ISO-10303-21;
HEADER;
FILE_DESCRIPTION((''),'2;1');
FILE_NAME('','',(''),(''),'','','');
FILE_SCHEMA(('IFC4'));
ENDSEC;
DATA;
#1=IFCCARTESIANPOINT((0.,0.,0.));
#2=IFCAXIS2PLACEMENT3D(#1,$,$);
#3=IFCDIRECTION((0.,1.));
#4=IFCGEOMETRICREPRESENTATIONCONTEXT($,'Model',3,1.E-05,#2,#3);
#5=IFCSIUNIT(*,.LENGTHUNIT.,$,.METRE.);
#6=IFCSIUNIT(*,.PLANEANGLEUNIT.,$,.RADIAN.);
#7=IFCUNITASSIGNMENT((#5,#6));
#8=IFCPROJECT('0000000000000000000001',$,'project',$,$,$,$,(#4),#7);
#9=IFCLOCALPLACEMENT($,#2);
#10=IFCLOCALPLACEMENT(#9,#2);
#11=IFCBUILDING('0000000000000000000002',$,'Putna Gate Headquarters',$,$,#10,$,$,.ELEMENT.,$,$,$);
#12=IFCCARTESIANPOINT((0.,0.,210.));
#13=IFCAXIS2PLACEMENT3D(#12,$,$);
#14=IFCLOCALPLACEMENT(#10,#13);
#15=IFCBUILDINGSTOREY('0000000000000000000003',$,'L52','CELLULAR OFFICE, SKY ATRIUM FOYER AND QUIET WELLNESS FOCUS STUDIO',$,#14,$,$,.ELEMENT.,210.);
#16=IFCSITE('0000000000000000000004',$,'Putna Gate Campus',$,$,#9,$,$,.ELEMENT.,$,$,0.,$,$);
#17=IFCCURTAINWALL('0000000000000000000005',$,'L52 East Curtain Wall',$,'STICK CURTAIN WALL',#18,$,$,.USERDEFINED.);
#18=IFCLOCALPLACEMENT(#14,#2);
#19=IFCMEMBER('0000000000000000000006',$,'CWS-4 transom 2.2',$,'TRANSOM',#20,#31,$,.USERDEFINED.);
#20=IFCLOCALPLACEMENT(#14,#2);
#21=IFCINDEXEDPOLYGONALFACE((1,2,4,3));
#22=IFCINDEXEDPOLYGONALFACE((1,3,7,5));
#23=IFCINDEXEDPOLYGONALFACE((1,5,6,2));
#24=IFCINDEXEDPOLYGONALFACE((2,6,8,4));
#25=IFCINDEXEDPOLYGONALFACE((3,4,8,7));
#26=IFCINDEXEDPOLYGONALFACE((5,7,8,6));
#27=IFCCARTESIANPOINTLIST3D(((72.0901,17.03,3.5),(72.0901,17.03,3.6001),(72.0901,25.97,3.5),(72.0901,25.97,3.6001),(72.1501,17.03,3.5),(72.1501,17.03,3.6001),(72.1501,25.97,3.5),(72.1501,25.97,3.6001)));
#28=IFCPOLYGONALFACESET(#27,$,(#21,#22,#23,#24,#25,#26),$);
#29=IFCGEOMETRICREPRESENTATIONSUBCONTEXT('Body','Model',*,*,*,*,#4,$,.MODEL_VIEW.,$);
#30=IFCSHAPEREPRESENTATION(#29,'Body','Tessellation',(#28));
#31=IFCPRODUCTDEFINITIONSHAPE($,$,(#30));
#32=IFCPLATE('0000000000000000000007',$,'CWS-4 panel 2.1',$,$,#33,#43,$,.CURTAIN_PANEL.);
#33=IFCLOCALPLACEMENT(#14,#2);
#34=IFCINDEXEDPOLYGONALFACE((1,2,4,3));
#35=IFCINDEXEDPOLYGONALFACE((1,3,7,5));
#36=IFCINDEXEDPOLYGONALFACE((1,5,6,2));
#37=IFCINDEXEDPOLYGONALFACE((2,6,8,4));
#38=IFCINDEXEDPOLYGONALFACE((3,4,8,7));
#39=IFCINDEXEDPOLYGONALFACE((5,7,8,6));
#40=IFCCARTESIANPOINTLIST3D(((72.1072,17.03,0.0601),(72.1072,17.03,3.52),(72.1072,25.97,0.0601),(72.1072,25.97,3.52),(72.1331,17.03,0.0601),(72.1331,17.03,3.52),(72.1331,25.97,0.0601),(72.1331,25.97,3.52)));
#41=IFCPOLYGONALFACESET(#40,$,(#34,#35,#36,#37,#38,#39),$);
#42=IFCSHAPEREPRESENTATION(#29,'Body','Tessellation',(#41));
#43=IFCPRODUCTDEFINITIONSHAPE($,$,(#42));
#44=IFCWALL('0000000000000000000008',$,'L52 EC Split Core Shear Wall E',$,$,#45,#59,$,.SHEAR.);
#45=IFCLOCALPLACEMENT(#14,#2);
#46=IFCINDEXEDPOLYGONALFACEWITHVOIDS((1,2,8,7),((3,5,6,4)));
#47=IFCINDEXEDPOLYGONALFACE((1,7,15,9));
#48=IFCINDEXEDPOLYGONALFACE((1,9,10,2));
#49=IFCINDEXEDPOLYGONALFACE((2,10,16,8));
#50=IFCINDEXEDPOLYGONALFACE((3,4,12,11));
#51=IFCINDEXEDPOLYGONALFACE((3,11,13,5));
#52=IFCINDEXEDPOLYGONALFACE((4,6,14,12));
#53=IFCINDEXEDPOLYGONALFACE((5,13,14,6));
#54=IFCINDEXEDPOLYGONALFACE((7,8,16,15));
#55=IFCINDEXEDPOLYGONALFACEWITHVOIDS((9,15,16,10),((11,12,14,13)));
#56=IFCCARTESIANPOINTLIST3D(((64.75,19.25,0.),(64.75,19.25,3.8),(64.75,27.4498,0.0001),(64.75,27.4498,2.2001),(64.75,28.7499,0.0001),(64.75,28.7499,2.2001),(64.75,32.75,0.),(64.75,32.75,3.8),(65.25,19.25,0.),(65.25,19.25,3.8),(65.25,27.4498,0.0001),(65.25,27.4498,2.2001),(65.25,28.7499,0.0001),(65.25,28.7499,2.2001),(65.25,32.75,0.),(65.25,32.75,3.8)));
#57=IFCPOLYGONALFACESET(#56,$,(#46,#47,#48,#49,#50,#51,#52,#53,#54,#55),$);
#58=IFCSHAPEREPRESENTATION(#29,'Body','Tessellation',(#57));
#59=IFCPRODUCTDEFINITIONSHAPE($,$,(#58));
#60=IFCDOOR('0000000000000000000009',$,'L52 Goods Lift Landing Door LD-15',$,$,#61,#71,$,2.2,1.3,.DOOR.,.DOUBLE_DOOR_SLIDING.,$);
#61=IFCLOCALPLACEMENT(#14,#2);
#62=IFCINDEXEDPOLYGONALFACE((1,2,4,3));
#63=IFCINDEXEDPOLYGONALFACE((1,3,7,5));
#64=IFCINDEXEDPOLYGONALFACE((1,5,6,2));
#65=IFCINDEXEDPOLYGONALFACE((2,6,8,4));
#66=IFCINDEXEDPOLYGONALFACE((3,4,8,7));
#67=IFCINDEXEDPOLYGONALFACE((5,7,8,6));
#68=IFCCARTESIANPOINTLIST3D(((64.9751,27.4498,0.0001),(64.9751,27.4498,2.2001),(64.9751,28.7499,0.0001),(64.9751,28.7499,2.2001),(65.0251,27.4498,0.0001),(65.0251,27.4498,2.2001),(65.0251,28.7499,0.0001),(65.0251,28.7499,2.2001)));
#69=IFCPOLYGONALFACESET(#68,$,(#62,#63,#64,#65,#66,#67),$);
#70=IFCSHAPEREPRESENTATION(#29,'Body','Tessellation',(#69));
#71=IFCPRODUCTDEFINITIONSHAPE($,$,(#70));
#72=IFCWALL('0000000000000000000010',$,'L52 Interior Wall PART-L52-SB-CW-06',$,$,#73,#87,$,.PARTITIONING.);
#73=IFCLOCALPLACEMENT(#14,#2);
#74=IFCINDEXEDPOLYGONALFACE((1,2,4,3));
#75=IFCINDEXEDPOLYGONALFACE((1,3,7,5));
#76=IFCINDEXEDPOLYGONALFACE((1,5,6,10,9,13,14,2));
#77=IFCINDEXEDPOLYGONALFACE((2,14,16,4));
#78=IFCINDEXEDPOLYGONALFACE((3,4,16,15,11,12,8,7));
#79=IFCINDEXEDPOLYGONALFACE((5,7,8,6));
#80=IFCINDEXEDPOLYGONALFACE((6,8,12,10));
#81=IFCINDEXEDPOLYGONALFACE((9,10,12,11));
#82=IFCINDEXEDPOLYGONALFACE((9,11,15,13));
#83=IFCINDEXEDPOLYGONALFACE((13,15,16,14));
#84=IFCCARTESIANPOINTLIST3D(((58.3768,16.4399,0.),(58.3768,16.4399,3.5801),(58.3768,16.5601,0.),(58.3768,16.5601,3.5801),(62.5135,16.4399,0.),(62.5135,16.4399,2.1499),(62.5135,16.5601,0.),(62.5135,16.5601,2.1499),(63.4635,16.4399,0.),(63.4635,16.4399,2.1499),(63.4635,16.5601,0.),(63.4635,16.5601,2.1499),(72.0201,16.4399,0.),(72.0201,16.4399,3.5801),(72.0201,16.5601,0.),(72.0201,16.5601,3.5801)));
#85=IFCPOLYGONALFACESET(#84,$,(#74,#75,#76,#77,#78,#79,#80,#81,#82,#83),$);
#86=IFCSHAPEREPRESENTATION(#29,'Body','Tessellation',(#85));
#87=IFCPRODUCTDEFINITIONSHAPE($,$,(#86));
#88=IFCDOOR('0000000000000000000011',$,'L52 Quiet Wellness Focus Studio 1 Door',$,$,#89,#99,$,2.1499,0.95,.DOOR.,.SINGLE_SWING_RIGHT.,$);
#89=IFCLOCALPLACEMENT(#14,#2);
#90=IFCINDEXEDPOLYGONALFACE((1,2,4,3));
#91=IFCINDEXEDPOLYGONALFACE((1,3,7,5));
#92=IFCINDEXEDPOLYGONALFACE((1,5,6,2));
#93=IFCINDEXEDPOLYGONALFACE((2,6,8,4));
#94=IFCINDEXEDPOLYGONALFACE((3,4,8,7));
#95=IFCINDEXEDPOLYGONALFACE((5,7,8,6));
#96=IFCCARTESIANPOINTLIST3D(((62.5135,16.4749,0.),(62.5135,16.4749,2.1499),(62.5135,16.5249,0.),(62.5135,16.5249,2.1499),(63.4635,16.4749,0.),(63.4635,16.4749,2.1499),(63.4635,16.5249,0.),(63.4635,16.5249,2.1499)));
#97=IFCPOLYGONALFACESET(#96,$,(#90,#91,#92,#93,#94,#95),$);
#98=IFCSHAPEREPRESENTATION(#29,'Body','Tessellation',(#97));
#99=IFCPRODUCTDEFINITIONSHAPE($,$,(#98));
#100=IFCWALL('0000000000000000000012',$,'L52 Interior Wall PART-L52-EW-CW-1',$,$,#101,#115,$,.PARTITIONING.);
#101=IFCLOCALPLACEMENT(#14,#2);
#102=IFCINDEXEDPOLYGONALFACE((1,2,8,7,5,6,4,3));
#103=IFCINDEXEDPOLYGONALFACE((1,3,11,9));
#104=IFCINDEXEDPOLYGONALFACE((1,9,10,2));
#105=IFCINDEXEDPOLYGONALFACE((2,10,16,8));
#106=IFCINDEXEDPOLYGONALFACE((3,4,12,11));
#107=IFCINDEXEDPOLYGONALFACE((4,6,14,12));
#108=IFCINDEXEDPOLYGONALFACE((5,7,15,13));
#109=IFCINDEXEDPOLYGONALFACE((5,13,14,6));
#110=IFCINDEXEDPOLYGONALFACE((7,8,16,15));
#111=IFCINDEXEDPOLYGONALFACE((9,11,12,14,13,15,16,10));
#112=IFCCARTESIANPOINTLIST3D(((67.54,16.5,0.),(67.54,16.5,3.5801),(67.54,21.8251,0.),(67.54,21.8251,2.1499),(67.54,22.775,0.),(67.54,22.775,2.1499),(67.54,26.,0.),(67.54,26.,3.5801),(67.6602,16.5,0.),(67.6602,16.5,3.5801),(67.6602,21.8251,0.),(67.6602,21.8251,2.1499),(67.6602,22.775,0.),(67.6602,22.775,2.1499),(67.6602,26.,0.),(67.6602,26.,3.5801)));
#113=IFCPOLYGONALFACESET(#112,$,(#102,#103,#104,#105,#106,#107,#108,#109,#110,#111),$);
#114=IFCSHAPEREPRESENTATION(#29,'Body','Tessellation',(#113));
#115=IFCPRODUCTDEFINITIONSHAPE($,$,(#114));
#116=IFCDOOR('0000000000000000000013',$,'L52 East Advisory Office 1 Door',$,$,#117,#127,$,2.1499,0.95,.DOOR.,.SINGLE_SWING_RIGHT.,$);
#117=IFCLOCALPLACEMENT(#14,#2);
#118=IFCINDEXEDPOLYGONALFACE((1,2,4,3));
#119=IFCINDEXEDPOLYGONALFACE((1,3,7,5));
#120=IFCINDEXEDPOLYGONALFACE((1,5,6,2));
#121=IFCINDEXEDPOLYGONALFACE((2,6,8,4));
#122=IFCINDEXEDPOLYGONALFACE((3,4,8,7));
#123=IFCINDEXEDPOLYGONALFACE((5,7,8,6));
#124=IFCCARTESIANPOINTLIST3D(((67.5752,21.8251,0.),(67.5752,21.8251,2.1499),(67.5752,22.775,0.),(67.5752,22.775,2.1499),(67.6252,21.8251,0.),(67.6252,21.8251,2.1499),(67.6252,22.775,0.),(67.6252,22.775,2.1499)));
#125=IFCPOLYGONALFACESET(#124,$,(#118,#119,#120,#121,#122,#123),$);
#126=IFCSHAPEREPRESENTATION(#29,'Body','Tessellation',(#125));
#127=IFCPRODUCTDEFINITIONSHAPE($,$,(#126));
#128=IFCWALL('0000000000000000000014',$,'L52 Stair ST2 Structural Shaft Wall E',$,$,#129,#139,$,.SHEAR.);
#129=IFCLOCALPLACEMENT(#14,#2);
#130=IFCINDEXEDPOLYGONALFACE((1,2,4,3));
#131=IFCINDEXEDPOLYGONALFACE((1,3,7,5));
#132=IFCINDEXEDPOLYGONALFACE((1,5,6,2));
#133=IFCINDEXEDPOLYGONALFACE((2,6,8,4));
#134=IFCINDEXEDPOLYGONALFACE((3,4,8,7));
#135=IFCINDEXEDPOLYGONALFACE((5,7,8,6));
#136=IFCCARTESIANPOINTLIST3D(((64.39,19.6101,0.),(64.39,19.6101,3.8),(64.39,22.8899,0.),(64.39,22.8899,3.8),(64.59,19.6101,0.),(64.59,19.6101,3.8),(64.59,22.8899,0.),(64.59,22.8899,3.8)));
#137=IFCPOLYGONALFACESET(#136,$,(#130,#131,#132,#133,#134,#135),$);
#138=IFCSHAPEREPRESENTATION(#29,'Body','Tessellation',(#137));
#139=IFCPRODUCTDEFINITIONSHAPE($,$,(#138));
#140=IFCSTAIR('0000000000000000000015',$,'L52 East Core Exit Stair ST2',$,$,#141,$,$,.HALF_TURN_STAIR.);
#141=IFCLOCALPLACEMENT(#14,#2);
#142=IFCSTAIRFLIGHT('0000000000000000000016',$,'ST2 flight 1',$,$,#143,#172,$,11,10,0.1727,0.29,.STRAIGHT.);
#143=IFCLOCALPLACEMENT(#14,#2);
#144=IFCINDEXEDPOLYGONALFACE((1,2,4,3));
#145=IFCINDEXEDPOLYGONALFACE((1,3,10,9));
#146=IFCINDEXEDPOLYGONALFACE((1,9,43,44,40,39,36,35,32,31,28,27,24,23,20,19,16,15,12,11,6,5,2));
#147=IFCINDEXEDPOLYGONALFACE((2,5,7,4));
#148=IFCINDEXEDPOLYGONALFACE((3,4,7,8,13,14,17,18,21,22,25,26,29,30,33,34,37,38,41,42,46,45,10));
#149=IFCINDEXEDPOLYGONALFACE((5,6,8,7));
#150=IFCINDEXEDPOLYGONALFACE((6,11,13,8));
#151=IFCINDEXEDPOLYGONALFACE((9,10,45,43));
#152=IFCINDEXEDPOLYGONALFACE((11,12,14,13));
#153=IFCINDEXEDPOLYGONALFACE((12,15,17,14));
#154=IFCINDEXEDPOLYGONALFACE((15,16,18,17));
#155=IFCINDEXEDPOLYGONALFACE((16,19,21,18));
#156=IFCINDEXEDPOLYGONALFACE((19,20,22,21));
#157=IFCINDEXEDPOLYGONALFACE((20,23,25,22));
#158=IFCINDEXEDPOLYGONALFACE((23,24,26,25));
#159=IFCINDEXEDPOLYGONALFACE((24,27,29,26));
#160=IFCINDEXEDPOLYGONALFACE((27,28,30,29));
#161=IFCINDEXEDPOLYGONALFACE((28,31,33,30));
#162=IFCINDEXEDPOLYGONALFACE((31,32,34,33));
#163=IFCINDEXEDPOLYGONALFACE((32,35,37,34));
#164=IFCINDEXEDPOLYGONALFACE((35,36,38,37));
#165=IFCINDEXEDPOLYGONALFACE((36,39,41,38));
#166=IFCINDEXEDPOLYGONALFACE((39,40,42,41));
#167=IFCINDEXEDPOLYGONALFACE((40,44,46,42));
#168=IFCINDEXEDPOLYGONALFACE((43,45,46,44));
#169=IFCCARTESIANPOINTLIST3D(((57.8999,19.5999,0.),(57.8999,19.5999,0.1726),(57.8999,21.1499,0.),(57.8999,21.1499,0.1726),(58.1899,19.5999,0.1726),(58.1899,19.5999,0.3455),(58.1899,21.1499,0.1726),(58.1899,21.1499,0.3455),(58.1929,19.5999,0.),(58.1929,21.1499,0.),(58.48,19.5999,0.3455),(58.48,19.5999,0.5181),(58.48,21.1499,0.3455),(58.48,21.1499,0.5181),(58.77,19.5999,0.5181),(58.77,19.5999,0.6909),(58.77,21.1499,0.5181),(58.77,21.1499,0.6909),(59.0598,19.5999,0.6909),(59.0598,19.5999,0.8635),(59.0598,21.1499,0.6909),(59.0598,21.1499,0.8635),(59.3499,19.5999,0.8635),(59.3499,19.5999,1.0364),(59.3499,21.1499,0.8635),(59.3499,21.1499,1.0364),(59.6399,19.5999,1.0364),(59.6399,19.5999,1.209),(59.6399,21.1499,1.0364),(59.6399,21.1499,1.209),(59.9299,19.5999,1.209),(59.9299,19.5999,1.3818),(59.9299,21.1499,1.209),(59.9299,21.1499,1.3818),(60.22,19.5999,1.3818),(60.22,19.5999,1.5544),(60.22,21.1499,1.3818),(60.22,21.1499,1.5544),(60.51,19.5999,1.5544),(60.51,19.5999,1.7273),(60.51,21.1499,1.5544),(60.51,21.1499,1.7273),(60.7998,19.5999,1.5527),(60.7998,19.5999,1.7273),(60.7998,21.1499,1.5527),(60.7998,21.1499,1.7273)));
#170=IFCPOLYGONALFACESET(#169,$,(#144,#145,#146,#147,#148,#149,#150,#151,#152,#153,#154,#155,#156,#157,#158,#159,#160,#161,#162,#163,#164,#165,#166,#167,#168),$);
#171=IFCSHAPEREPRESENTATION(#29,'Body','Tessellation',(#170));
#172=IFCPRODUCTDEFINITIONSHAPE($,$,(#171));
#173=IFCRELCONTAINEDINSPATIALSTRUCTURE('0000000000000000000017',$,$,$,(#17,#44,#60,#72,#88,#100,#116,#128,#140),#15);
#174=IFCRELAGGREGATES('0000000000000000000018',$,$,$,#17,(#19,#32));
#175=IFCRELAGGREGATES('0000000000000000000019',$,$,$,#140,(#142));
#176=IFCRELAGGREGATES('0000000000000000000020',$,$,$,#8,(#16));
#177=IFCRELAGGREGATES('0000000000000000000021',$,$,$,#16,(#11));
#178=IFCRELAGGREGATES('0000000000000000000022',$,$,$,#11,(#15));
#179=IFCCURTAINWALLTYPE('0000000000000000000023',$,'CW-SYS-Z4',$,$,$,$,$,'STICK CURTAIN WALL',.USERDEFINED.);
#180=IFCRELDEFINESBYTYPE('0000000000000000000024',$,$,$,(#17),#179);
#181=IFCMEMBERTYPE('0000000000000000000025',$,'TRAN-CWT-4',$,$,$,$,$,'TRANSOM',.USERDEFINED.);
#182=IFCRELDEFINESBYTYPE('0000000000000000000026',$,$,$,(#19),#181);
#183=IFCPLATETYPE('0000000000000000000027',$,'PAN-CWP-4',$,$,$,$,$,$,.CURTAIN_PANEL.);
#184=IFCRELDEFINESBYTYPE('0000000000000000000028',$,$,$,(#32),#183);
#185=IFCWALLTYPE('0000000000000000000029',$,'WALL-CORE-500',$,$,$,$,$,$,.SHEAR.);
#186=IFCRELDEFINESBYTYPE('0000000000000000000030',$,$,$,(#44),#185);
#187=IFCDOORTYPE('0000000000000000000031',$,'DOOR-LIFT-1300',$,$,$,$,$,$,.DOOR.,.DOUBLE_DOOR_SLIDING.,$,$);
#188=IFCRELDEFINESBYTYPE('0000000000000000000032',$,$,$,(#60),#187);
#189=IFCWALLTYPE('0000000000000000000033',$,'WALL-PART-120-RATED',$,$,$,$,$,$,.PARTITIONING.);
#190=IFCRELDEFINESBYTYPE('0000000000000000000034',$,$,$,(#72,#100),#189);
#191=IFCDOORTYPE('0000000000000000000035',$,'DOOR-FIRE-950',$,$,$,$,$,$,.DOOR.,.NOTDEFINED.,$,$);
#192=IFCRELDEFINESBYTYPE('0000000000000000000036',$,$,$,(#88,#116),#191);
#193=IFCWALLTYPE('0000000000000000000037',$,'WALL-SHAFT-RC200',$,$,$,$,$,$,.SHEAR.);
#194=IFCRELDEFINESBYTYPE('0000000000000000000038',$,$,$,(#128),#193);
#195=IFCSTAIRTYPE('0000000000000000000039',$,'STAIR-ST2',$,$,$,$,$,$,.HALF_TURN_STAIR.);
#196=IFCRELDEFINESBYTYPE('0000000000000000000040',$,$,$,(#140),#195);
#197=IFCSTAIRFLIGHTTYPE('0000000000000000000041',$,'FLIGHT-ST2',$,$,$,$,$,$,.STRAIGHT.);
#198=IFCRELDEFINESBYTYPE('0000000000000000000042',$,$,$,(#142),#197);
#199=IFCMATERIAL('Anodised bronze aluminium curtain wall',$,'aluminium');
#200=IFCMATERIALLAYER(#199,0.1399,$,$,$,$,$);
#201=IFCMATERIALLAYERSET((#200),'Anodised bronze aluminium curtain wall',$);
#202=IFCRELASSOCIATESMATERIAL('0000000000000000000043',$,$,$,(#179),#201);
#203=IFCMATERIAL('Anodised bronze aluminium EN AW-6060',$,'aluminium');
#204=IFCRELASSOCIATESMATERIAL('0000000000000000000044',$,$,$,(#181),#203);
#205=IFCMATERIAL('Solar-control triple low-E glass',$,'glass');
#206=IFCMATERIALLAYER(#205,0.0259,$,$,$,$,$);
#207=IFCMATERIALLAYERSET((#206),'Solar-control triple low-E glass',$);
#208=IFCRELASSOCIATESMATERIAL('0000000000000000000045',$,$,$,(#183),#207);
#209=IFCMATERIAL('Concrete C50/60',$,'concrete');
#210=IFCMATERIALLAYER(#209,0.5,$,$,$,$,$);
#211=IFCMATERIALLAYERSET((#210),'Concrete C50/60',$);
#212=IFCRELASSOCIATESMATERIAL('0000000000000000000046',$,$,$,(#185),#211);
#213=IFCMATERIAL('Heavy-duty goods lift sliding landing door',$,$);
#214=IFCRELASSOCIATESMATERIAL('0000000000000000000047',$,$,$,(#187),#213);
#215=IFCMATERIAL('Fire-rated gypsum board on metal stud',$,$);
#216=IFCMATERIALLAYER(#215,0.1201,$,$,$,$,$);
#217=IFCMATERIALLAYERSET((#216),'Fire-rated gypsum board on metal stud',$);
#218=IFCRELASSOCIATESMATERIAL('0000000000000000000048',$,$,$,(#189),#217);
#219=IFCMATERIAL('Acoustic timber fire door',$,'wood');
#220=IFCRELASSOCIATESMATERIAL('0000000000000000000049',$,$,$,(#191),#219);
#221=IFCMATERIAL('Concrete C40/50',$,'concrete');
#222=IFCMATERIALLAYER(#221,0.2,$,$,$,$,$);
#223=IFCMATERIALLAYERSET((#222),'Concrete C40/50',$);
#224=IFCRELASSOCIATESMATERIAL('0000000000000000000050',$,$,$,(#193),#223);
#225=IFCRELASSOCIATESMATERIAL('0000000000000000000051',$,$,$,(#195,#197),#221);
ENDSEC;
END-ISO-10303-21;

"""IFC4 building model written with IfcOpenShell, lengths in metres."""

from ifc_helpers import new_model, si_unit, direction, frame, frame_2d, origin, origin_2d, place, context, subcontext, project, spatial, polyline, rectangle, outline, extrude, material, layer, layer_set, material_profile, profile_set, type_object, element, fill, aggregate, save


model = new_model("IFC4")

# Units and contexts
model_context = context("Model", 3, precision=1e-05, world=origin(), true_north=direction((0.0, 1.0)))
body_context = subcontext(model_context, "Body", "Model", "MODEL_VIEW")
ifc_project = project(units=[si_unit("LENGTHUNIT", "METRE"), si_unit("PLANEANGLEUNIT", "RADIAN")], contexts=[model_context])

# Site, building, storey
site_placement = place(None, origin())
site = spatial("IfcSite", under=ifc_project, at=site_placement, Name="Putna Gate Campus", CompositionType="ELEMENT", RefElevation=0.0)
building_placement = place(site_placement, origin())
building = spatial("IfcBuilding", under=site, at=building_placement, Name="Putna Gate Headquarters", CompositionType="ELEMENT")
storey_placement = place(building_placement, frame((0.0, 0.0, 210.0)))
storey = spatial("IfcBuildingStorey", under=building, at=storey_placement, Name="L52", Description="CELLULAR OFFICE, SKY ATRIUM FOYER AND QUIET WELLNESS FOCUS STUDIO", CompositionType="ELEMENT", Elevation=210.0)

# Curtain wall, member, plate
ifc_material_1 = material(Name="Anodised bronze aluminium curtain wall", Category="aluminium")
ifc_layer_1 = layer(ifc_material_1, 0.1399)
ifc_layer_set_1 = layer_set([ifc_layer_1], Name="Anodised bronze aluminium curtain wall")
curtain_wall_type = type_object("IfcCurtainWallType", Name="CW-SYS-Z4", ElementType="STICK CURTAIN WALL", PredefinedType="USERDEFINED", material=ifc_layer_set_1)
curtain_wall_placement = place(storey_placement, origin())
curtain_wall = element("IfcCurtainWall", 1, at=curtain_wall_placement, inside=storey, type_object=curtain_wall_type, Name="L52 East Curtain Wall", ObjectType="STICK CURTAIN WALL", PredefinedType="USERDEFINED")
ifc_material_2 = material(Name="Anodised bronze aluminium EN AW-6060", Category="aluminium")
ifc_material_profile_1 = material_profile(ifc_material_2, rectangle(XDim=0.0601, YDim=0.1001, at=origin_2d()), Name="Anodised bronze aluminium EN AW-6060")
ifc_profile_set_1 = profile_set([ifc_material_profile_1], Name="Anodised bronze aluminium EN AW-6060")
member_type_1 = type_object("IfcMemberType", Name="TRAN-CWT-4", ElementType="TRANSOM", PredefinedType="USERDEFINED", material=ifc_profile_set_1)
member_1_placement = place(storey_placement, frame((72.1201, 17.03, 3.55), z_axis=(0.0, 1.0, 0.0), x_axis=(-1.0, 0.0, 0.0)))
member_1 = element("IfcMember", 2, at=member_1_placement, type_object=member_type_1, Name="CWS-4 transom 2.2", ObjectType="TRANSOM", PredefinedType="USERDEFINED", context=body_context, shape_type="SweptSolid", body=[
    extrude(rectangle(XDim=0.0601, YDim=0.1001, at=origin_2d()), origin(), (0.0, 0.0, 1.0), 8.9399),
])
ifc_material_3 = material(Name="Solar-control triple low-E glass", Category="glass")
ifc_layer_2 = layer(ifc_material_3, 0.0259)
ifc_layer_set_2 = layer_set([ifc_layer_2], Name="Solar-control triple low-E glass")
plate_type = type_object("IfcPlateType", Name="PAN-CWP-4", PredefinedType="CURTAIN_PANEL", material=ifc_layer_set_2)
plate_placement = place(storey_placement, frame((72.1201, 21.5, 0.0601), z_axis=(0.0, 0.0, 1.0), x_axis=(0.0, 1.0, 0.0)))
plate = element("IfcPlate", 3, at=plate_placement, type_object=plate_type, Name="CWS-4 panel 2.1", PredefinedType="CURTAIN_PANEL", context=body_context, shape_type="SweptSolid", body=[
    extrude(rectangle(XDim=8.9399, YDim=0.0259, at=origin_2d()), origin(), (0.0, 0.0, 1.0), 3.46),
])
aggregate(curtain_wall, [member_1, plate])

# Walls, openings, doors
ifc_material_4 = material(Name="Concrete C50/60", Category="concrete")
ifc_layer_3 = layer(ifc_material_4, 0.5)
ifc_layer_set_3 = layer_set([ifc_layer_3], Name="Concrete C50/60")
wall_type_1 = type_object("IfcWallType", Name="WALL-CORE-500", PredefinedType="SHEAR", material=ifc_layer_set_3)
wall_1_placement = place(storey_placement, frame((65.0, 19.25, 0.0), z_axis=(0.0, 0.0, 1.0), x_axis=(0.0, 1.0, 0.0)))
wall_1 = element("IfcWall", 4, at=wall_1_placement, inside=storey, type_object=wall_type_1, Name="L52 EC Split Core Shear Wall E", PredefinedType="SHEAR", context=body_context, shape_type="SweptSolid", body=[
    extrude(rectangle(XDim=13.5, YDim=0.5, at=frame_2d((6.75, 0.0))), origin(), (0.0, 0.0, 1.0), 3.8),
])
opening_1_placement = place(wall_1_placement, frame((8.2, 0.0, 0.0)))
opening_1 = element("IfcOpeningElement", 5, at=opening_1_placement, cuts=wall_1, PredefinedType="OPENING", context=body_context, shape_type="SweptSolid", body=[
    extrude(rectangle(XDim=1.3, YDim=2.2, at=frame_2d((0.6499, 1.1001))), frame((0.0, 0.26, 0.0), z_axis=(0.0, -1.0, 0.0), x_axis=(1.0, 0.0, 0.0)), (0.0, 0.0, 1.0), 0.52),
])
ifc_material_5 = material(Name="Heavy-duty goods lift sliding landing door")
door_type_1 = type_object("IfcDoorType", Name="DOOR-LIFT-1300", OperationType="DOUBLE_DOOR_SLIDING", PredefinedType="DOOR", material=ifc_material_5)
door_1_placement = place(opening_1_placement, origin())
door_1 = element("IfcDoor", 6, at=door_1_placement, inside=storey, type_object=door_type_1, Name="L52 Goods Lift Landing Door LD-15", OperationType="DOUBLE_DOOR_SLIDING", OverallHeight=2.2, OverallWidth=1.3, PredefinedType="DOOR", context=body_context, shape_type="SweptSolid", body=[
    extrude(rectangle(XDim=1.3, YDim=2.2, at=frame_2d((0.6499, 1.1001))), frame((0.0, 0.0249, 0.0), z_axis=(0.0, -1.0, 0.0), x_axis=(1.0, 0.0, 0.0)), (0.0, 0.0, 1.0), 0.05),
])
fill(opening_1, door_1)
ifc_material_6 = material(Name="Fire-rated gypsum board on metal stud")
ifc_layer_4 = layer(ifc_material_6, 0.1201)
ifc_layer_set_4 = layer_set([ifc_layer_4], Name="Fire-rated gypsum board on metal stud")
wall_type_2 = type_object("IfcWallType", Name="WALL-PART-120-RATED", PredefinedType="PARTITIONING", material=ifc_layer_set_4)
wall_2_placement = place(storey_placement, frame((58.3767, 16.5, 0.0), z_axis=(0.0, 0.0, 1.0), x_axis=(1.0, 0.0, 0.0)))
wall_2 = element("IfcWall", 7, at=wall_2_placement, inside=storey, type_object=wall_type_2, Name="L52 Interior Wall PART-L52-SB-CW-06", PredefinedType="PARTITIONING", context=body_context, shape_type="SweptSolid", body=[
    extrude(rectangle(XDim=13.6433, YDim=0.1201, at=frame_2d((6.8218, 0.0))), origin(), (0.0, 0.0, 1.0), 3.5801),
])
opening_2_placement = place(wall_2_placement, frame((4.1367, 0.0, 0.0)))
opening_2 = element("IfcOpeningElement", 8, at=opening_2_placement, cuts=wall_2, PredefinedType="OPENING", context=body_context, shape_type="SweptSolid", body=[
    extrude(rectangle(XDim=0.95, YDim=2.1499, at=frame_2d((0.4751, 1.075))), frame((0.0, 0.0701, 0.0), z_axis=(0.0, -1.0, 0.0), x_axis=(1.0, 0.0, 0.0)), (0.0, 0.0, 1.0), 0.1401),
])
ifc_material_7 = material(Name="Acoustic timber fire door", Category="wood")
door_type_2 = type_object("IfcDoorType", Name="DOOR-FIRE-950", OperationType="NOTDEFINED", PredefinedType="DOOR", material=ifc_material_7)
door_2_placement = place(opening_2_placement, origin())
door_2 = element("IfcDoor", 9, at=door_2_placement, inside=storey, type_object=door_type_2, Name="L52 Quiet Wellness Focus Studio 1 Door", OperationType="SINGLE_SWING_RIGHT", OverallHeight=2.1499, OverallWidth=0.95, PredefinedType="DOOR", context=body_context, shape_type="SweptSolid", body=[
    extrude(rectangle(XDim=0.95, YDim=2.1499, at=frame_2d((0.4751, 1.075))), frame((0.0, 0.0249, 0.0), z_axis=(0.0, -1.0, 0.0), x_axis=(1.0, 0.0, 0.0)), (0.0, 0.0, 1.0), 0.05),
])
fill(opening_2, door_2)
wall_3_placement = place(storey_placement, frame((67.6001, 16.5, 0.0), z_axis=(0.0, 0.0, 1.0), x_axis=(0.0, 1.0, 0.0)))
wall_3 = element("IfcWall", 10, at=wall_3_placement, inside=storey, type_object=wall_type_2, Name="L52 Interior Wall PART-L52-EW-CW-1", PredefinedType="PARTITIONING", context=body_context, shape_type="SweptSolid", body=[
    extrude(rectangle(XDim=9.5, YDim=0.1201, at=frame_2d((4.75, 0.0))), origin(), (0.0, 0.0, 1.0), 3.5801),
])
opening_3_placement = place(wall_3_placement, frame((5.325, 0.0, 0.0)))
opening_3 = element("IfcOpeningElement", 11, at=opening_3_placement, cuts=wall_3, PredefinedType="OPENING", context=body_context, shape_type="SweptSolid", body=[
    extrude(rectangle(XDim=0.95, YDim=2.1499, at=frame_2d((0.4751, 1.075))), frame((0.0, 0.0701, 0.0), z_axis=(0.0, -1.0, 0.0), x_axis=(1.0, 0.0, 0.0)), (0.0, 0.0, 1.0), 0.1401),
])
door_3_placement = place(opening_3_placement, origin())
door_3 = element("IfcDoor", 12, at=door_3_placement, inside=storey, type_object=door_type_2, Name="L52 East Advisory Office 1 Door", OperationType="SINGLE_SWING_RIGHT", OverallHeight=2.1499, OverallWidth=0.95, PredefinedType="DOOR", context=body_context, shape_type="SweptSolid", body=[
    extrude(rectangle(XDim=0.95, YDim=2.1499, at=frame_2d((0.4751, 1.075))), frame((0.0, 0.0249, 0.0), z_axis=(0.0, -1.0, 0.0), x_axis=(1.0, 0.0, 0.0)), (0.0, 0.0, 1.0), 0.05),
])
fill(opening_3, door_3)

# Wall
ifc_material_8 = material(Name="Concrete C40/50", Category="concrete")
ifc_layer_5 = layer(ifc_material_8, 0.2)
ifc_layer_set_5 = layer_set([ifc_layer_5], Name="Concrete C40/50")
wall_type_3 = type_object("IfcWallType", Name="WALL-SHAFT-RC200", PredefinedType="SHEAR", material=ifc_layer_set_5)
wall_4_placement = place(storey_placement, frame((64.49, 19.6101, 0.0), z_axis=(0.0, 0.0, 1.0), x_axis=(0.0, 1.0, 0.0)))
element("IfcWall", 13, at=wall_4_placement, inside=storey, type_object=wall_type_3, Name="L52 Stair ST2 Structural Shaft Wall E", PredefinedType="SHEAR", context=body_context, shape_type="SweptSolid", body=[
    extrude(rectangle(XDim=3.2798, YDim=0.2, at=frame_2d((1.6399, 0.0))), origin(), (0.0, 0.0, 1.0), 3.8),
])

# Stair, stair flight
stair_type = type_object("IfcStairType", Name="STAIR-ST2", PredefinedType="HALF_TURN_STAIR", material=ifc_material_8)
stair_placement = place(storey_placement, origin())
stair = element("IfcStair", 14, at=stair_placement, inside=storey, type_object=stair_type, Name="L52 East Core Exit Stair ST2", PredefinedType="HALF_TURN_STAIR")
stair_flight_type = type_object("IfcStairFlightType", Name="FLIGHT-ST2", PredefinedType="STRAIGHT", material=ifc_material_8)
stair_flight_1_placement = place(storey_placement, frame((57.8999, 20.375, 0.0), z_axis=(0.0, 0.0, 1.0), x_axis=(1.0, 0.0, 0.0)))
stair_flight_1 = element("IfcStairFlight", 15, at=stair_flight_1_placement, type_object=stair_flight_type, Name="ST2 flight 1", NumberOfRisers=11, NumberOfTreads=10, PredefinedType="STRAIGHT", RiserHeight=0.1727, TreadLength=0.29, context=body_context, shape_type="SweptSolid", body=[
    extrude(outline(polyline([(0.0, 0.0), (0.0, 0.1726), (0.29, 0.1726), (0.29, 0.3455), (0.5801, 0.3455), (0.5801, 0.5181), (0.8701, 0.5181), (0.8701, 0.6909), (1.1599, 0.6909), (1.1599, 0.8635), (1.45, 0.8635), (1.45, 1.0364), (1.74, 1.0364), (1.74, 1.209), (2.03, 1.209), (2.03, 1.3818), (2.3201, 1.3818), (2.3201, 1.5544), (2.6101, 1.5544), (2.6101, 1.7273), (2.8999, 1.7273), (2.8999, 1.8999), (2.8999, 1.5527), (0.293, 0.0), (0.0, 0.0)])), frame((0.0, 0.7749, 0.0), z_axis=(0.0, -1.0, 0.0), x_axis=(1.0, 0.0, 0.0)), (0.0, 0.0, 1.0), 1.55),
])
aggregate(stair, [stair_flight_1])

save(model, "model.ifc")
